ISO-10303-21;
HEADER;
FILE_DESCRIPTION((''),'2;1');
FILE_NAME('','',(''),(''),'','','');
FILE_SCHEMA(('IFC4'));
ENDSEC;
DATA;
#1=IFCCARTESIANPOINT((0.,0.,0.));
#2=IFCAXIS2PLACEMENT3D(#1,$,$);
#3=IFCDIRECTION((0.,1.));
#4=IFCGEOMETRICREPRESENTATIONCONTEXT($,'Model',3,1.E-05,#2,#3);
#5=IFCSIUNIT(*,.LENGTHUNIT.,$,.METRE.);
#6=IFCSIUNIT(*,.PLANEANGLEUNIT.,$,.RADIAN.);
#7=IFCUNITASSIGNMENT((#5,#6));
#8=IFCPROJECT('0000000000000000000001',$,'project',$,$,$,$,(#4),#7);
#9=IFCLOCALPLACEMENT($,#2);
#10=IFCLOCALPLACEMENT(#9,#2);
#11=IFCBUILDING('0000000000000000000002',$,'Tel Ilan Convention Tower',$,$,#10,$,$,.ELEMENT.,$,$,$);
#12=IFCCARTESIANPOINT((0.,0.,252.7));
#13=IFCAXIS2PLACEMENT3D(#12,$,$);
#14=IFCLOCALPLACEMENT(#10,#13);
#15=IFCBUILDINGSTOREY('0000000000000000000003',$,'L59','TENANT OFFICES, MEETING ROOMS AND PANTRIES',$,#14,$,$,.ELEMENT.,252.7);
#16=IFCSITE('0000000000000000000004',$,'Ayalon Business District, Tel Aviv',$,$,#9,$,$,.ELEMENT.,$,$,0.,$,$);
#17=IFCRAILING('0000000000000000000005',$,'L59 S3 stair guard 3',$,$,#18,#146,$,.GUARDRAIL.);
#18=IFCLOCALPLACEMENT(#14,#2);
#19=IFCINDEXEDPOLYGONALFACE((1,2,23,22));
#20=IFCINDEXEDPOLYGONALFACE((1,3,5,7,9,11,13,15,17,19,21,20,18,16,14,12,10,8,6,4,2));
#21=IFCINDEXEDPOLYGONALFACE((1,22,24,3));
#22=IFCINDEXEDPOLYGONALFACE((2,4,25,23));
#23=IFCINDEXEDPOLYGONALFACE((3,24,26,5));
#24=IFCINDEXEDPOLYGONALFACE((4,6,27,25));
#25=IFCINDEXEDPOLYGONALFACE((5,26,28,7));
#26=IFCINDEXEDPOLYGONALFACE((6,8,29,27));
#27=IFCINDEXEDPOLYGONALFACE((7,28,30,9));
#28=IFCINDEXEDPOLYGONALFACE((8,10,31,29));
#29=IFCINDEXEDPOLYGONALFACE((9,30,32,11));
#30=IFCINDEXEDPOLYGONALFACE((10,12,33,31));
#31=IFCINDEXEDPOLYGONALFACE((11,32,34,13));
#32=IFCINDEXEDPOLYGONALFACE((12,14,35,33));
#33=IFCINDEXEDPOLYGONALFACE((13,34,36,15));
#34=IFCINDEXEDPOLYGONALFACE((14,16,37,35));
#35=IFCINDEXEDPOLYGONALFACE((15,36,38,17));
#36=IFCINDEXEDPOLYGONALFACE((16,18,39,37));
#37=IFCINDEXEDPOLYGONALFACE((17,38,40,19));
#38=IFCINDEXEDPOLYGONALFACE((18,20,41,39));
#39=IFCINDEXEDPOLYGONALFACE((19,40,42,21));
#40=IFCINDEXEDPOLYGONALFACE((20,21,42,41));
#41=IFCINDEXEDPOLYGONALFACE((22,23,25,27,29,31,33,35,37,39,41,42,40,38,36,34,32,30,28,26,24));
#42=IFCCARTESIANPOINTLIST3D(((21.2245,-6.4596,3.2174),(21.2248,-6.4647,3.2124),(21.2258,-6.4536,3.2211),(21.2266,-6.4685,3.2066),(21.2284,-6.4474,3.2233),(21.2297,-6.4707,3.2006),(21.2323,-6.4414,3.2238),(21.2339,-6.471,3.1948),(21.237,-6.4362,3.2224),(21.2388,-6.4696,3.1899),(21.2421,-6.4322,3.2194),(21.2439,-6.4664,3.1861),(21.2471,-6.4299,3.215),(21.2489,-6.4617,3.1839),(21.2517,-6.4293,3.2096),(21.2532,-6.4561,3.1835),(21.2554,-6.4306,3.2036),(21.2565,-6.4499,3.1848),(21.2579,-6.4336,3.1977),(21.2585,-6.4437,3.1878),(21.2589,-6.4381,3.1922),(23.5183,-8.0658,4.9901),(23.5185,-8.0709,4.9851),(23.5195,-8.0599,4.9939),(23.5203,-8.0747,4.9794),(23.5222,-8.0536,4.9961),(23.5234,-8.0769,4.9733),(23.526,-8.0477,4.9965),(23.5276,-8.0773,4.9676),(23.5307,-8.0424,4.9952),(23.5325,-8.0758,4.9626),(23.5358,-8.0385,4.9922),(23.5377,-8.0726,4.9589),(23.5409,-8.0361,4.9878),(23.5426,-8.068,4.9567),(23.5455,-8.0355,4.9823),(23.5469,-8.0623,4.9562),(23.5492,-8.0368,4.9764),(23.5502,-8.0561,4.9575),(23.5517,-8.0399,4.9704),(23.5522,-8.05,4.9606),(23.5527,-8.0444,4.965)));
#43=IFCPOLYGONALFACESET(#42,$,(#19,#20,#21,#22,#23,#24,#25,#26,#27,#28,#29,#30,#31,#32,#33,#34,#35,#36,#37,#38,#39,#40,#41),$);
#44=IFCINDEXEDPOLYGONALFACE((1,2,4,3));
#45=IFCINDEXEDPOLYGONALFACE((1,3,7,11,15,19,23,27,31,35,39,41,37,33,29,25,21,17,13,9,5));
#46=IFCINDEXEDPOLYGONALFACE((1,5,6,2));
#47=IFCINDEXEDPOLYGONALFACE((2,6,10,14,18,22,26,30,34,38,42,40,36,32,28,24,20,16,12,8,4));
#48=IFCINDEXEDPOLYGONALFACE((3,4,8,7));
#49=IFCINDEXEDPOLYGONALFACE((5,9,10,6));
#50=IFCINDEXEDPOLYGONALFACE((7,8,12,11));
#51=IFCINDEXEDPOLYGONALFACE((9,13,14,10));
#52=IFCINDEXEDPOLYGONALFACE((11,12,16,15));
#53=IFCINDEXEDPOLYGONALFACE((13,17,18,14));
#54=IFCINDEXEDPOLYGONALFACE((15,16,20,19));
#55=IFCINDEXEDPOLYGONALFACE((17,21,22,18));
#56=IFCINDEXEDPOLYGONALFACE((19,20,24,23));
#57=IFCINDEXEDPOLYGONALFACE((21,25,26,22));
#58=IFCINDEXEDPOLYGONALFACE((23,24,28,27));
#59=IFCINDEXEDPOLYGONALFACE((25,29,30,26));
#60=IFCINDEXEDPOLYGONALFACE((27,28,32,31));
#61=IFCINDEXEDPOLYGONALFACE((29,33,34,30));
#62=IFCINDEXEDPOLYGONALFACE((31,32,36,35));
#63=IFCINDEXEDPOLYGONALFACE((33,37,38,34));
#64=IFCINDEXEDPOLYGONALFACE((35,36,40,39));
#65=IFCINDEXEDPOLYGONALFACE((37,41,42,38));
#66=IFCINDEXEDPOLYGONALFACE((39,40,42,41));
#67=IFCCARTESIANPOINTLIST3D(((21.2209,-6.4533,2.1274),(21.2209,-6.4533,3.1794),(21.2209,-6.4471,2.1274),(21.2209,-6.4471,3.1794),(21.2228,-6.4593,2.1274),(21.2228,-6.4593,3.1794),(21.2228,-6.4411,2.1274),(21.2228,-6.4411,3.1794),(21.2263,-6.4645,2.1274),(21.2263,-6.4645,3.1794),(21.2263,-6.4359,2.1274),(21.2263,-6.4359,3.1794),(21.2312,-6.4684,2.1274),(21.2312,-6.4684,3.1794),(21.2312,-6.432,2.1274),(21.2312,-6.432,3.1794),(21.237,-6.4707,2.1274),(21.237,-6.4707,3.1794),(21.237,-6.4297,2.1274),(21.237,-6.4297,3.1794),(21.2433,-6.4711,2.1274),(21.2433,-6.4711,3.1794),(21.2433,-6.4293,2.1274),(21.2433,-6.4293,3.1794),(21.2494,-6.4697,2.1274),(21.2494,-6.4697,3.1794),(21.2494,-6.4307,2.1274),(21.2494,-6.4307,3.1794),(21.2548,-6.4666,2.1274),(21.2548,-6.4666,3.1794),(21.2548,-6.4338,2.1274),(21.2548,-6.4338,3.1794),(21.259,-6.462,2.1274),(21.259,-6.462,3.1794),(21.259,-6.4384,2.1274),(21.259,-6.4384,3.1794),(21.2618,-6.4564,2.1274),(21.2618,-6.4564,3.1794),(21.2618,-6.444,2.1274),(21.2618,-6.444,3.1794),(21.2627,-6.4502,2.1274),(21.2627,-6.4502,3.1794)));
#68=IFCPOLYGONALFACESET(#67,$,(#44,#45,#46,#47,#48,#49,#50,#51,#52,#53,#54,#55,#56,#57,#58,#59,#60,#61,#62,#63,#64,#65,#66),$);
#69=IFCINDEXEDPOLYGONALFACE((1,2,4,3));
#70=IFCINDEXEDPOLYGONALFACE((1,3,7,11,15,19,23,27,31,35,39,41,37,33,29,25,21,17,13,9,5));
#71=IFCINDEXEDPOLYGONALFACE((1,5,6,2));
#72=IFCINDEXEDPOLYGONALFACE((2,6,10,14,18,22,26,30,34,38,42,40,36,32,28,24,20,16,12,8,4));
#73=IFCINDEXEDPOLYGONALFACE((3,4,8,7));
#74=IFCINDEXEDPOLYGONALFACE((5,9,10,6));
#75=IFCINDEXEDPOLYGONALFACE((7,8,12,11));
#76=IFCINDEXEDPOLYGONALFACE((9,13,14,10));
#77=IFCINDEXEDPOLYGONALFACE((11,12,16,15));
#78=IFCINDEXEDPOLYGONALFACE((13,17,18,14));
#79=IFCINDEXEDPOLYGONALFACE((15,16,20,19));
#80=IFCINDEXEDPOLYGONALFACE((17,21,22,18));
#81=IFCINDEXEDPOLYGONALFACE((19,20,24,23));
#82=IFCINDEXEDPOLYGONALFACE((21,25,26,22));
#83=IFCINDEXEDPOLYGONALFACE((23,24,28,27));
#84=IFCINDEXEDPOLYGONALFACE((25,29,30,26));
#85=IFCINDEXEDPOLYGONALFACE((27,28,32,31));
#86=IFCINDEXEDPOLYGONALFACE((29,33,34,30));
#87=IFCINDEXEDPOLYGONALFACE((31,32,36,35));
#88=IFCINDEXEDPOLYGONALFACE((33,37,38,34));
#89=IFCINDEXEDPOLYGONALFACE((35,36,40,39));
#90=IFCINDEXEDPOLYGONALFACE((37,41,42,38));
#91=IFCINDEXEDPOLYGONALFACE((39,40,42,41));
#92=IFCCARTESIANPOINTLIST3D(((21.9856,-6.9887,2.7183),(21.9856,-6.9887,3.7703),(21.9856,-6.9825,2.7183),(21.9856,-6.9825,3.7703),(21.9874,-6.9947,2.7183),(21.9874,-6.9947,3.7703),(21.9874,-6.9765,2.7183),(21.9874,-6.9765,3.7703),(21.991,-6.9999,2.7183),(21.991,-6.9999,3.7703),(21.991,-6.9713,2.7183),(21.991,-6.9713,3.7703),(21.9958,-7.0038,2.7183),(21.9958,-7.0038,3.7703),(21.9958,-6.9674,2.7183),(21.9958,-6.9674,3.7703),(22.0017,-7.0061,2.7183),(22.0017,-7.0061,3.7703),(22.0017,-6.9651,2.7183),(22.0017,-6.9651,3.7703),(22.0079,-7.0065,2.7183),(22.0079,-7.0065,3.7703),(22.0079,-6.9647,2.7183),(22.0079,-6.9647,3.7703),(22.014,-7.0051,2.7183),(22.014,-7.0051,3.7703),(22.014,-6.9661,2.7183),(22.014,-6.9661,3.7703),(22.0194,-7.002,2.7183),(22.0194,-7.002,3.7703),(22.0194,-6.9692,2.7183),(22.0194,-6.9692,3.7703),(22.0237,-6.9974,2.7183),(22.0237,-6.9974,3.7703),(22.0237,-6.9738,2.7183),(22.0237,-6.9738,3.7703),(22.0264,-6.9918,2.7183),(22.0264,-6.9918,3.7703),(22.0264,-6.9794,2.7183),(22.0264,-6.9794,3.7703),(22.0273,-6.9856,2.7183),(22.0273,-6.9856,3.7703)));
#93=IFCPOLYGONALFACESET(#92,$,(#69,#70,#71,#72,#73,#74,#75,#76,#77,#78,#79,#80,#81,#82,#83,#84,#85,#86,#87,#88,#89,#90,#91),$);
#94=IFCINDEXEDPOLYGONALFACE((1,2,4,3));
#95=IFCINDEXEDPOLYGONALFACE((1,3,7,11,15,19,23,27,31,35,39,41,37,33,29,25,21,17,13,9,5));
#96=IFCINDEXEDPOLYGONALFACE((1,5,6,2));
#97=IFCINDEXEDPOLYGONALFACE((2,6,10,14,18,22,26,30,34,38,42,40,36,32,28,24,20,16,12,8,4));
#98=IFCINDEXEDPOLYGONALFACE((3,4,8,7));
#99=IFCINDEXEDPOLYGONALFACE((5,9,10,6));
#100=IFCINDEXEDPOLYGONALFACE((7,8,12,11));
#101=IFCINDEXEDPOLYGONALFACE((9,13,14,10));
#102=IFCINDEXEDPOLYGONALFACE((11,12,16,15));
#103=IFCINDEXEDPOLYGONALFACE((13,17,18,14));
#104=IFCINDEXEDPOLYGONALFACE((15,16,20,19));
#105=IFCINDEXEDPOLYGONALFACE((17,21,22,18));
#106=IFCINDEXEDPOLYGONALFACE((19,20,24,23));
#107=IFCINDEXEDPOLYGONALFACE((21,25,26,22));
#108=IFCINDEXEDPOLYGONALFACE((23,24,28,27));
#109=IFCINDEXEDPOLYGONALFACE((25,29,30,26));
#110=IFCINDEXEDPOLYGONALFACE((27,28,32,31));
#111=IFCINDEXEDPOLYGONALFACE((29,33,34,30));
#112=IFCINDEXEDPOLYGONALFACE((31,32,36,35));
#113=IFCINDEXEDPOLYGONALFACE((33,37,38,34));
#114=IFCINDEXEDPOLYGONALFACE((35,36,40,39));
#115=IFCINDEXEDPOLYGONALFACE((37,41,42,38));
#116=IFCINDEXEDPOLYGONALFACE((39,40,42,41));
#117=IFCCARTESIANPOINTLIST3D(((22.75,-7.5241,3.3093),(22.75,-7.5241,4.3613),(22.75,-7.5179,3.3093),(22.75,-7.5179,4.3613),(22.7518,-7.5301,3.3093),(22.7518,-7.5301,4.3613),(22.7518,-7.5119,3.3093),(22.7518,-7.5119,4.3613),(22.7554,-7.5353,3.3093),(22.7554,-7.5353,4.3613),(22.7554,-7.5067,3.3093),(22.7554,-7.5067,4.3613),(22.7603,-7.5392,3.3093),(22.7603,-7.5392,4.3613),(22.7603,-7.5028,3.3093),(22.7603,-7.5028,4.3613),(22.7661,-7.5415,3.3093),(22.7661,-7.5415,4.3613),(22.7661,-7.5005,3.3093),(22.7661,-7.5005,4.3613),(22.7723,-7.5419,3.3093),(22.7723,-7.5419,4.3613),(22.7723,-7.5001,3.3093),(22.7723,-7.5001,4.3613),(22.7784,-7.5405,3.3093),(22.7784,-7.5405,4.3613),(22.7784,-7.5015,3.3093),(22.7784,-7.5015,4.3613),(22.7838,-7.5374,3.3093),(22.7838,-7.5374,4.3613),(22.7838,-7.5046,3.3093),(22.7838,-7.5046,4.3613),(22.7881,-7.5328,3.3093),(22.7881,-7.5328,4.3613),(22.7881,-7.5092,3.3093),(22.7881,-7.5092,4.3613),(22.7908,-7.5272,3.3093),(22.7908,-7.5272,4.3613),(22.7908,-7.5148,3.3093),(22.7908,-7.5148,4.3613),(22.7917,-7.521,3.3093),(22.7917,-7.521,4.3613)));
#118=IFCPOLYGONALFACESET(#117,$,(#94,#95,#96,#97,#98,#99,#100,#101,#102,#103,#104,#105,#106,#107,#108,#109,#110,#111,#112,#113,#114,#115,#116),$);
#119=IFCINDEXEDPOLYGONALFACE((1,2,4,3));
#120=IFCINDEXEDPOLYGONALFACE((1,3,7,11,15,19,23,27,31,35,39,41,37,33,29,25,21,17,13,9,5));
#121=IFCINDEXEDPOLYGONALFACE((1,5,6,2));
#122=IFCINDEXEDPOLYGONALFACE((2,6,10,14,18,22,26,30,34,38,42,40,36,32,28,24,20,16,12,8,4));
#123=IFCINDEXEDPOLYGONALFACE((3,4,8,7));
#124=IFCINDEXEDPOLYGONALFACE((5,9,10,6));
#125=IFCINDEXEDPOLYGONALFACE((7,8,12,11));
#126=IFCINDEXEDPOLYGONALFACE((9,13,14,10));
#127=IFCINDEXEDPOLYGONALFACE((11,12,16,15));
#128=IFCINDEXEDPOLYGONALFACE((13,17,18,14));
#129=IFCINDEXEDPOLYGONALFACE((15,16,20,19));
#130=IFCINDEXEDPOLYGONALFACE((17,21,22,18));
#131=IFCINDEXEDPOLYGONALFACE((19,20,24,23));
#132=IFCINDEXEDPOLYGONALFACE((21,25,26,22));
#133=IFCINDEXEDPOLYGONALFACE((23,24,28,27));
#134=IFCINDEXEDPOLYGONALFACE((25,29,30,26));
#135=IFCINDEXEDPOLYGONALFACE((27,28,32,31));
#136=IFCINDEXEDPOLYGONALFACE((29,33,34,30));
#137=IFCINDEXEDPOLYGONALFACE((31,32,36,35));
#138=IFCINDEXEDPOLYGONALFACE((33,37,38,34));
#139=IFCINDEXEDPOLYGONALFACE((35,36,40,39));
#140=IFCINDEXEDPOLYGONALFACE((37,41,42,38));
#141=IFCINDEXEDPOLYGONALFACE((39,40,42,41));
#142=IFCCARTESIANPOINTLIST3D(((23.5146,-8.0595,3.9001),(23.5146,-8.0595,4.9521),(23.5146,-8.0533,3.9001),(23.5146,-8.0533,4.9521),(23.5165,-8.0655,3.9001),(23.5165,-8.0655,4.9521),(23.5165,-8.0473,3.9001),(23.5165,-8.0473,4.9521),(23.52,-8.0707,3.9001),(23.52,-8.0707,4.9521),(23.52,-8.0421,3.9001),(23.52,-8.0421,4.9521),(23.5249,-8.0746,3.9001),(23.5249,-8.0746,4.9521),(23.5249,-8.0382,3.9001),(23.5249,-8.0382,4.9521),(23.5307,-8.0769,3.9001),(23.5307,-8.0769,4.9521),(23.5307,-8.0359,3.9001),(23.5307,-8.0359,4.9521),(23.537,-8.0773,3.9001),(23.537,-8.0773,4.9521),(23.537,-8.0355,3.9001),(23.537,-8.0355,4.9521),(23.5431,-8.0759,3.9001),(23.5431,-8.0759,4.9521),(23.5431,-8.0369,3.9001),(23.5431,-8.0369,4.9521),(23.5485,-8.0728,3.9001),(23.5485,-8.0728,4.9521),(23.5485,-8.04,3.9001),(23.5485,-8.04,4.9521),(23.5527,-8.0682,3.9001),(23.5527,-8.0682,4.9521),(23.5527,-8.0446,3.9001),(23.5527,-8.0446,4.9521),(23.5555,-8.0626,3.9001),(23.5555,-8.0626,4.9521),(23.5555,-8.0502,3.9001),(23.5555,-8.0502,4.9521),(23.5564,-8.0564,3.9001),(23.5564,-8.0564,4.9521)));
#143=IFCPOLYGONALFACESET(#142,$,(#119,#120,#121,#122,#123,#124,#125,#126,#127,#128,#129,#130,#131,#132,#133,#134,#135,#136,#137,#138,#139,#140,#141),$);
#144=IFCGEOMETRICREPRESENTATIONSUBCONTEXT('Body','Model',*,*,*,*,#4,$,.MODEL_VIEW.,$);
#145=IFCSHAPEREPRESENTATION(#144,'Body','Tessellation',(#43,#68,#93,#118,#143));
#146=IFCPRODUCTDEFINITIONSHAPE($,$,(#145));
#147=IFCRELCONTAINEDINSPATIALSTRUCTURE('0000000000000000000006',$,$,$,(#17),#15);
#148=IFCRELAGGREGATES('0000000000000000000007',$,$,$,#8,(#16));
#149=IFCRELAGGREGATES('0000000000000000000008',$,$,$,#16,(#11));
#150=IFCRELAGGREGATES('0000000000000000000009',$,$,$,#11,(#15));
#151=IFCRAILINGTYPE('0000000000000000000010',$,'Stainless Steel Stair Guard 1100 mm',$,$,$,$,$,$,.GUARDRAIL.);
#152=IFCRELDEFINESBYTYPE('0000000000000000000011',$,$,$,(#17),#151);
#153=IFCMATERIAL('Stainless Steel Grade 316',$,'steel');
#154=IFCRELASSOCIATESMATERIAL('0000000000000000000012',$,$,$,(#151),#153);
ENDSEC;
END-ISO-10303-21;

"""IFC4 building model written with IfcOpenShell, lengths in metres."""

from ifc_helpers import new_model, si_unit, direction, frame, origin, origin_2d, place, context, subcontext, project, spatial, circle, extrude, material, type_object, element, save


model = new_model("IFC4")

# Units and contexts
model_context = context("Model", 3, precision=1e-05, world=origin(), true_north=direction((0.0, 1.0)))
body_context = subcontext(model_context, "Body", "Model", "MODEL_VIEW")
ifc_project = project(units=[si_unit("LENGTHUNIT", "METRE"), si_unit("PLANEANGLEUNIT", "RADIAN")], contexts=[model_context])

# Site, building, storey
site_placement = place(None, origin())
site = spatial("IfcSite", under=ifc_project, at=site_placement, Name="Ayalon Business District, Tel Aviv", CompositionType="ELEMENT", RefElevation=0.0)
building_placement = place(site_placement, origin())
building = spatial("IfcBuilding", under=site, at=building_placement, Name="Tel Ilan Convention Tower", CompositionType="ELEMENT")
storey_placement = place(building_placement, frame((0.0, 0.0, 252.7)))
storey = spatial("IfcBuildingStorey", under=building, at=storey_placement, Name="L59", Description="TENANT OFFICES, MEETING ROOMS AND PANTRIES", CompositionType="ELEMENT", Elevation=252.7)

# Railing
ifc_material_1 = material(Name="Stainless Steel Grade 316", Category="steel")
railing_type_1 = type_object("IfcRailingType", Name="Stainless Steel Stair Guard 1100 mm", PredefinedType="GUARDRAIL", material=ifc_material_1)
railing_1_placement = place(storey_placement, frame((21.2417, -6.4502, 2.1274)))
element("IfcRailing", 1, at=railing_1_placement, inside=storey, type_object=railing_type_1, Name="L59 S3 stair guard 3", PredefinedType="GUARDRAIL", context=body_context, shape_type="SweptSolid", body=[
    extrude(circle(Radius=0.0239, at=origin_2d()), frame((0.0, 0.0, 1.0762), z_axis=(0.692098, -0.484653, 0.534894), x_axis=(0.573609, 0.81913, 0.0)), (0.0, 0.0, 1.0), 3.3142),
    extrude(circle(Radius=0.021, at=origin_2d()), origin(), (0.0, 0.0, 1.0), 1.052),
    extrude(circle(Radius=0.021, at=origin_2d()), frame((0.7646, -0.5354, 0.5908)), (0.0, 0.0, 1.0), 1.052),
    extrude(circle(Radius=0.021, at=origin_2d()), frame((1.5291, -1.0708, 1.1819)), (0.0, 0.0, 1.0), 1.052),
    extrude(circle(Radius=0.021, at=origin_2d()), frame((2.2937, -1.6062, 1.7727)), (0.0, 0.0, 1.0), 1.052),
])

save(model, "model.ifc")
